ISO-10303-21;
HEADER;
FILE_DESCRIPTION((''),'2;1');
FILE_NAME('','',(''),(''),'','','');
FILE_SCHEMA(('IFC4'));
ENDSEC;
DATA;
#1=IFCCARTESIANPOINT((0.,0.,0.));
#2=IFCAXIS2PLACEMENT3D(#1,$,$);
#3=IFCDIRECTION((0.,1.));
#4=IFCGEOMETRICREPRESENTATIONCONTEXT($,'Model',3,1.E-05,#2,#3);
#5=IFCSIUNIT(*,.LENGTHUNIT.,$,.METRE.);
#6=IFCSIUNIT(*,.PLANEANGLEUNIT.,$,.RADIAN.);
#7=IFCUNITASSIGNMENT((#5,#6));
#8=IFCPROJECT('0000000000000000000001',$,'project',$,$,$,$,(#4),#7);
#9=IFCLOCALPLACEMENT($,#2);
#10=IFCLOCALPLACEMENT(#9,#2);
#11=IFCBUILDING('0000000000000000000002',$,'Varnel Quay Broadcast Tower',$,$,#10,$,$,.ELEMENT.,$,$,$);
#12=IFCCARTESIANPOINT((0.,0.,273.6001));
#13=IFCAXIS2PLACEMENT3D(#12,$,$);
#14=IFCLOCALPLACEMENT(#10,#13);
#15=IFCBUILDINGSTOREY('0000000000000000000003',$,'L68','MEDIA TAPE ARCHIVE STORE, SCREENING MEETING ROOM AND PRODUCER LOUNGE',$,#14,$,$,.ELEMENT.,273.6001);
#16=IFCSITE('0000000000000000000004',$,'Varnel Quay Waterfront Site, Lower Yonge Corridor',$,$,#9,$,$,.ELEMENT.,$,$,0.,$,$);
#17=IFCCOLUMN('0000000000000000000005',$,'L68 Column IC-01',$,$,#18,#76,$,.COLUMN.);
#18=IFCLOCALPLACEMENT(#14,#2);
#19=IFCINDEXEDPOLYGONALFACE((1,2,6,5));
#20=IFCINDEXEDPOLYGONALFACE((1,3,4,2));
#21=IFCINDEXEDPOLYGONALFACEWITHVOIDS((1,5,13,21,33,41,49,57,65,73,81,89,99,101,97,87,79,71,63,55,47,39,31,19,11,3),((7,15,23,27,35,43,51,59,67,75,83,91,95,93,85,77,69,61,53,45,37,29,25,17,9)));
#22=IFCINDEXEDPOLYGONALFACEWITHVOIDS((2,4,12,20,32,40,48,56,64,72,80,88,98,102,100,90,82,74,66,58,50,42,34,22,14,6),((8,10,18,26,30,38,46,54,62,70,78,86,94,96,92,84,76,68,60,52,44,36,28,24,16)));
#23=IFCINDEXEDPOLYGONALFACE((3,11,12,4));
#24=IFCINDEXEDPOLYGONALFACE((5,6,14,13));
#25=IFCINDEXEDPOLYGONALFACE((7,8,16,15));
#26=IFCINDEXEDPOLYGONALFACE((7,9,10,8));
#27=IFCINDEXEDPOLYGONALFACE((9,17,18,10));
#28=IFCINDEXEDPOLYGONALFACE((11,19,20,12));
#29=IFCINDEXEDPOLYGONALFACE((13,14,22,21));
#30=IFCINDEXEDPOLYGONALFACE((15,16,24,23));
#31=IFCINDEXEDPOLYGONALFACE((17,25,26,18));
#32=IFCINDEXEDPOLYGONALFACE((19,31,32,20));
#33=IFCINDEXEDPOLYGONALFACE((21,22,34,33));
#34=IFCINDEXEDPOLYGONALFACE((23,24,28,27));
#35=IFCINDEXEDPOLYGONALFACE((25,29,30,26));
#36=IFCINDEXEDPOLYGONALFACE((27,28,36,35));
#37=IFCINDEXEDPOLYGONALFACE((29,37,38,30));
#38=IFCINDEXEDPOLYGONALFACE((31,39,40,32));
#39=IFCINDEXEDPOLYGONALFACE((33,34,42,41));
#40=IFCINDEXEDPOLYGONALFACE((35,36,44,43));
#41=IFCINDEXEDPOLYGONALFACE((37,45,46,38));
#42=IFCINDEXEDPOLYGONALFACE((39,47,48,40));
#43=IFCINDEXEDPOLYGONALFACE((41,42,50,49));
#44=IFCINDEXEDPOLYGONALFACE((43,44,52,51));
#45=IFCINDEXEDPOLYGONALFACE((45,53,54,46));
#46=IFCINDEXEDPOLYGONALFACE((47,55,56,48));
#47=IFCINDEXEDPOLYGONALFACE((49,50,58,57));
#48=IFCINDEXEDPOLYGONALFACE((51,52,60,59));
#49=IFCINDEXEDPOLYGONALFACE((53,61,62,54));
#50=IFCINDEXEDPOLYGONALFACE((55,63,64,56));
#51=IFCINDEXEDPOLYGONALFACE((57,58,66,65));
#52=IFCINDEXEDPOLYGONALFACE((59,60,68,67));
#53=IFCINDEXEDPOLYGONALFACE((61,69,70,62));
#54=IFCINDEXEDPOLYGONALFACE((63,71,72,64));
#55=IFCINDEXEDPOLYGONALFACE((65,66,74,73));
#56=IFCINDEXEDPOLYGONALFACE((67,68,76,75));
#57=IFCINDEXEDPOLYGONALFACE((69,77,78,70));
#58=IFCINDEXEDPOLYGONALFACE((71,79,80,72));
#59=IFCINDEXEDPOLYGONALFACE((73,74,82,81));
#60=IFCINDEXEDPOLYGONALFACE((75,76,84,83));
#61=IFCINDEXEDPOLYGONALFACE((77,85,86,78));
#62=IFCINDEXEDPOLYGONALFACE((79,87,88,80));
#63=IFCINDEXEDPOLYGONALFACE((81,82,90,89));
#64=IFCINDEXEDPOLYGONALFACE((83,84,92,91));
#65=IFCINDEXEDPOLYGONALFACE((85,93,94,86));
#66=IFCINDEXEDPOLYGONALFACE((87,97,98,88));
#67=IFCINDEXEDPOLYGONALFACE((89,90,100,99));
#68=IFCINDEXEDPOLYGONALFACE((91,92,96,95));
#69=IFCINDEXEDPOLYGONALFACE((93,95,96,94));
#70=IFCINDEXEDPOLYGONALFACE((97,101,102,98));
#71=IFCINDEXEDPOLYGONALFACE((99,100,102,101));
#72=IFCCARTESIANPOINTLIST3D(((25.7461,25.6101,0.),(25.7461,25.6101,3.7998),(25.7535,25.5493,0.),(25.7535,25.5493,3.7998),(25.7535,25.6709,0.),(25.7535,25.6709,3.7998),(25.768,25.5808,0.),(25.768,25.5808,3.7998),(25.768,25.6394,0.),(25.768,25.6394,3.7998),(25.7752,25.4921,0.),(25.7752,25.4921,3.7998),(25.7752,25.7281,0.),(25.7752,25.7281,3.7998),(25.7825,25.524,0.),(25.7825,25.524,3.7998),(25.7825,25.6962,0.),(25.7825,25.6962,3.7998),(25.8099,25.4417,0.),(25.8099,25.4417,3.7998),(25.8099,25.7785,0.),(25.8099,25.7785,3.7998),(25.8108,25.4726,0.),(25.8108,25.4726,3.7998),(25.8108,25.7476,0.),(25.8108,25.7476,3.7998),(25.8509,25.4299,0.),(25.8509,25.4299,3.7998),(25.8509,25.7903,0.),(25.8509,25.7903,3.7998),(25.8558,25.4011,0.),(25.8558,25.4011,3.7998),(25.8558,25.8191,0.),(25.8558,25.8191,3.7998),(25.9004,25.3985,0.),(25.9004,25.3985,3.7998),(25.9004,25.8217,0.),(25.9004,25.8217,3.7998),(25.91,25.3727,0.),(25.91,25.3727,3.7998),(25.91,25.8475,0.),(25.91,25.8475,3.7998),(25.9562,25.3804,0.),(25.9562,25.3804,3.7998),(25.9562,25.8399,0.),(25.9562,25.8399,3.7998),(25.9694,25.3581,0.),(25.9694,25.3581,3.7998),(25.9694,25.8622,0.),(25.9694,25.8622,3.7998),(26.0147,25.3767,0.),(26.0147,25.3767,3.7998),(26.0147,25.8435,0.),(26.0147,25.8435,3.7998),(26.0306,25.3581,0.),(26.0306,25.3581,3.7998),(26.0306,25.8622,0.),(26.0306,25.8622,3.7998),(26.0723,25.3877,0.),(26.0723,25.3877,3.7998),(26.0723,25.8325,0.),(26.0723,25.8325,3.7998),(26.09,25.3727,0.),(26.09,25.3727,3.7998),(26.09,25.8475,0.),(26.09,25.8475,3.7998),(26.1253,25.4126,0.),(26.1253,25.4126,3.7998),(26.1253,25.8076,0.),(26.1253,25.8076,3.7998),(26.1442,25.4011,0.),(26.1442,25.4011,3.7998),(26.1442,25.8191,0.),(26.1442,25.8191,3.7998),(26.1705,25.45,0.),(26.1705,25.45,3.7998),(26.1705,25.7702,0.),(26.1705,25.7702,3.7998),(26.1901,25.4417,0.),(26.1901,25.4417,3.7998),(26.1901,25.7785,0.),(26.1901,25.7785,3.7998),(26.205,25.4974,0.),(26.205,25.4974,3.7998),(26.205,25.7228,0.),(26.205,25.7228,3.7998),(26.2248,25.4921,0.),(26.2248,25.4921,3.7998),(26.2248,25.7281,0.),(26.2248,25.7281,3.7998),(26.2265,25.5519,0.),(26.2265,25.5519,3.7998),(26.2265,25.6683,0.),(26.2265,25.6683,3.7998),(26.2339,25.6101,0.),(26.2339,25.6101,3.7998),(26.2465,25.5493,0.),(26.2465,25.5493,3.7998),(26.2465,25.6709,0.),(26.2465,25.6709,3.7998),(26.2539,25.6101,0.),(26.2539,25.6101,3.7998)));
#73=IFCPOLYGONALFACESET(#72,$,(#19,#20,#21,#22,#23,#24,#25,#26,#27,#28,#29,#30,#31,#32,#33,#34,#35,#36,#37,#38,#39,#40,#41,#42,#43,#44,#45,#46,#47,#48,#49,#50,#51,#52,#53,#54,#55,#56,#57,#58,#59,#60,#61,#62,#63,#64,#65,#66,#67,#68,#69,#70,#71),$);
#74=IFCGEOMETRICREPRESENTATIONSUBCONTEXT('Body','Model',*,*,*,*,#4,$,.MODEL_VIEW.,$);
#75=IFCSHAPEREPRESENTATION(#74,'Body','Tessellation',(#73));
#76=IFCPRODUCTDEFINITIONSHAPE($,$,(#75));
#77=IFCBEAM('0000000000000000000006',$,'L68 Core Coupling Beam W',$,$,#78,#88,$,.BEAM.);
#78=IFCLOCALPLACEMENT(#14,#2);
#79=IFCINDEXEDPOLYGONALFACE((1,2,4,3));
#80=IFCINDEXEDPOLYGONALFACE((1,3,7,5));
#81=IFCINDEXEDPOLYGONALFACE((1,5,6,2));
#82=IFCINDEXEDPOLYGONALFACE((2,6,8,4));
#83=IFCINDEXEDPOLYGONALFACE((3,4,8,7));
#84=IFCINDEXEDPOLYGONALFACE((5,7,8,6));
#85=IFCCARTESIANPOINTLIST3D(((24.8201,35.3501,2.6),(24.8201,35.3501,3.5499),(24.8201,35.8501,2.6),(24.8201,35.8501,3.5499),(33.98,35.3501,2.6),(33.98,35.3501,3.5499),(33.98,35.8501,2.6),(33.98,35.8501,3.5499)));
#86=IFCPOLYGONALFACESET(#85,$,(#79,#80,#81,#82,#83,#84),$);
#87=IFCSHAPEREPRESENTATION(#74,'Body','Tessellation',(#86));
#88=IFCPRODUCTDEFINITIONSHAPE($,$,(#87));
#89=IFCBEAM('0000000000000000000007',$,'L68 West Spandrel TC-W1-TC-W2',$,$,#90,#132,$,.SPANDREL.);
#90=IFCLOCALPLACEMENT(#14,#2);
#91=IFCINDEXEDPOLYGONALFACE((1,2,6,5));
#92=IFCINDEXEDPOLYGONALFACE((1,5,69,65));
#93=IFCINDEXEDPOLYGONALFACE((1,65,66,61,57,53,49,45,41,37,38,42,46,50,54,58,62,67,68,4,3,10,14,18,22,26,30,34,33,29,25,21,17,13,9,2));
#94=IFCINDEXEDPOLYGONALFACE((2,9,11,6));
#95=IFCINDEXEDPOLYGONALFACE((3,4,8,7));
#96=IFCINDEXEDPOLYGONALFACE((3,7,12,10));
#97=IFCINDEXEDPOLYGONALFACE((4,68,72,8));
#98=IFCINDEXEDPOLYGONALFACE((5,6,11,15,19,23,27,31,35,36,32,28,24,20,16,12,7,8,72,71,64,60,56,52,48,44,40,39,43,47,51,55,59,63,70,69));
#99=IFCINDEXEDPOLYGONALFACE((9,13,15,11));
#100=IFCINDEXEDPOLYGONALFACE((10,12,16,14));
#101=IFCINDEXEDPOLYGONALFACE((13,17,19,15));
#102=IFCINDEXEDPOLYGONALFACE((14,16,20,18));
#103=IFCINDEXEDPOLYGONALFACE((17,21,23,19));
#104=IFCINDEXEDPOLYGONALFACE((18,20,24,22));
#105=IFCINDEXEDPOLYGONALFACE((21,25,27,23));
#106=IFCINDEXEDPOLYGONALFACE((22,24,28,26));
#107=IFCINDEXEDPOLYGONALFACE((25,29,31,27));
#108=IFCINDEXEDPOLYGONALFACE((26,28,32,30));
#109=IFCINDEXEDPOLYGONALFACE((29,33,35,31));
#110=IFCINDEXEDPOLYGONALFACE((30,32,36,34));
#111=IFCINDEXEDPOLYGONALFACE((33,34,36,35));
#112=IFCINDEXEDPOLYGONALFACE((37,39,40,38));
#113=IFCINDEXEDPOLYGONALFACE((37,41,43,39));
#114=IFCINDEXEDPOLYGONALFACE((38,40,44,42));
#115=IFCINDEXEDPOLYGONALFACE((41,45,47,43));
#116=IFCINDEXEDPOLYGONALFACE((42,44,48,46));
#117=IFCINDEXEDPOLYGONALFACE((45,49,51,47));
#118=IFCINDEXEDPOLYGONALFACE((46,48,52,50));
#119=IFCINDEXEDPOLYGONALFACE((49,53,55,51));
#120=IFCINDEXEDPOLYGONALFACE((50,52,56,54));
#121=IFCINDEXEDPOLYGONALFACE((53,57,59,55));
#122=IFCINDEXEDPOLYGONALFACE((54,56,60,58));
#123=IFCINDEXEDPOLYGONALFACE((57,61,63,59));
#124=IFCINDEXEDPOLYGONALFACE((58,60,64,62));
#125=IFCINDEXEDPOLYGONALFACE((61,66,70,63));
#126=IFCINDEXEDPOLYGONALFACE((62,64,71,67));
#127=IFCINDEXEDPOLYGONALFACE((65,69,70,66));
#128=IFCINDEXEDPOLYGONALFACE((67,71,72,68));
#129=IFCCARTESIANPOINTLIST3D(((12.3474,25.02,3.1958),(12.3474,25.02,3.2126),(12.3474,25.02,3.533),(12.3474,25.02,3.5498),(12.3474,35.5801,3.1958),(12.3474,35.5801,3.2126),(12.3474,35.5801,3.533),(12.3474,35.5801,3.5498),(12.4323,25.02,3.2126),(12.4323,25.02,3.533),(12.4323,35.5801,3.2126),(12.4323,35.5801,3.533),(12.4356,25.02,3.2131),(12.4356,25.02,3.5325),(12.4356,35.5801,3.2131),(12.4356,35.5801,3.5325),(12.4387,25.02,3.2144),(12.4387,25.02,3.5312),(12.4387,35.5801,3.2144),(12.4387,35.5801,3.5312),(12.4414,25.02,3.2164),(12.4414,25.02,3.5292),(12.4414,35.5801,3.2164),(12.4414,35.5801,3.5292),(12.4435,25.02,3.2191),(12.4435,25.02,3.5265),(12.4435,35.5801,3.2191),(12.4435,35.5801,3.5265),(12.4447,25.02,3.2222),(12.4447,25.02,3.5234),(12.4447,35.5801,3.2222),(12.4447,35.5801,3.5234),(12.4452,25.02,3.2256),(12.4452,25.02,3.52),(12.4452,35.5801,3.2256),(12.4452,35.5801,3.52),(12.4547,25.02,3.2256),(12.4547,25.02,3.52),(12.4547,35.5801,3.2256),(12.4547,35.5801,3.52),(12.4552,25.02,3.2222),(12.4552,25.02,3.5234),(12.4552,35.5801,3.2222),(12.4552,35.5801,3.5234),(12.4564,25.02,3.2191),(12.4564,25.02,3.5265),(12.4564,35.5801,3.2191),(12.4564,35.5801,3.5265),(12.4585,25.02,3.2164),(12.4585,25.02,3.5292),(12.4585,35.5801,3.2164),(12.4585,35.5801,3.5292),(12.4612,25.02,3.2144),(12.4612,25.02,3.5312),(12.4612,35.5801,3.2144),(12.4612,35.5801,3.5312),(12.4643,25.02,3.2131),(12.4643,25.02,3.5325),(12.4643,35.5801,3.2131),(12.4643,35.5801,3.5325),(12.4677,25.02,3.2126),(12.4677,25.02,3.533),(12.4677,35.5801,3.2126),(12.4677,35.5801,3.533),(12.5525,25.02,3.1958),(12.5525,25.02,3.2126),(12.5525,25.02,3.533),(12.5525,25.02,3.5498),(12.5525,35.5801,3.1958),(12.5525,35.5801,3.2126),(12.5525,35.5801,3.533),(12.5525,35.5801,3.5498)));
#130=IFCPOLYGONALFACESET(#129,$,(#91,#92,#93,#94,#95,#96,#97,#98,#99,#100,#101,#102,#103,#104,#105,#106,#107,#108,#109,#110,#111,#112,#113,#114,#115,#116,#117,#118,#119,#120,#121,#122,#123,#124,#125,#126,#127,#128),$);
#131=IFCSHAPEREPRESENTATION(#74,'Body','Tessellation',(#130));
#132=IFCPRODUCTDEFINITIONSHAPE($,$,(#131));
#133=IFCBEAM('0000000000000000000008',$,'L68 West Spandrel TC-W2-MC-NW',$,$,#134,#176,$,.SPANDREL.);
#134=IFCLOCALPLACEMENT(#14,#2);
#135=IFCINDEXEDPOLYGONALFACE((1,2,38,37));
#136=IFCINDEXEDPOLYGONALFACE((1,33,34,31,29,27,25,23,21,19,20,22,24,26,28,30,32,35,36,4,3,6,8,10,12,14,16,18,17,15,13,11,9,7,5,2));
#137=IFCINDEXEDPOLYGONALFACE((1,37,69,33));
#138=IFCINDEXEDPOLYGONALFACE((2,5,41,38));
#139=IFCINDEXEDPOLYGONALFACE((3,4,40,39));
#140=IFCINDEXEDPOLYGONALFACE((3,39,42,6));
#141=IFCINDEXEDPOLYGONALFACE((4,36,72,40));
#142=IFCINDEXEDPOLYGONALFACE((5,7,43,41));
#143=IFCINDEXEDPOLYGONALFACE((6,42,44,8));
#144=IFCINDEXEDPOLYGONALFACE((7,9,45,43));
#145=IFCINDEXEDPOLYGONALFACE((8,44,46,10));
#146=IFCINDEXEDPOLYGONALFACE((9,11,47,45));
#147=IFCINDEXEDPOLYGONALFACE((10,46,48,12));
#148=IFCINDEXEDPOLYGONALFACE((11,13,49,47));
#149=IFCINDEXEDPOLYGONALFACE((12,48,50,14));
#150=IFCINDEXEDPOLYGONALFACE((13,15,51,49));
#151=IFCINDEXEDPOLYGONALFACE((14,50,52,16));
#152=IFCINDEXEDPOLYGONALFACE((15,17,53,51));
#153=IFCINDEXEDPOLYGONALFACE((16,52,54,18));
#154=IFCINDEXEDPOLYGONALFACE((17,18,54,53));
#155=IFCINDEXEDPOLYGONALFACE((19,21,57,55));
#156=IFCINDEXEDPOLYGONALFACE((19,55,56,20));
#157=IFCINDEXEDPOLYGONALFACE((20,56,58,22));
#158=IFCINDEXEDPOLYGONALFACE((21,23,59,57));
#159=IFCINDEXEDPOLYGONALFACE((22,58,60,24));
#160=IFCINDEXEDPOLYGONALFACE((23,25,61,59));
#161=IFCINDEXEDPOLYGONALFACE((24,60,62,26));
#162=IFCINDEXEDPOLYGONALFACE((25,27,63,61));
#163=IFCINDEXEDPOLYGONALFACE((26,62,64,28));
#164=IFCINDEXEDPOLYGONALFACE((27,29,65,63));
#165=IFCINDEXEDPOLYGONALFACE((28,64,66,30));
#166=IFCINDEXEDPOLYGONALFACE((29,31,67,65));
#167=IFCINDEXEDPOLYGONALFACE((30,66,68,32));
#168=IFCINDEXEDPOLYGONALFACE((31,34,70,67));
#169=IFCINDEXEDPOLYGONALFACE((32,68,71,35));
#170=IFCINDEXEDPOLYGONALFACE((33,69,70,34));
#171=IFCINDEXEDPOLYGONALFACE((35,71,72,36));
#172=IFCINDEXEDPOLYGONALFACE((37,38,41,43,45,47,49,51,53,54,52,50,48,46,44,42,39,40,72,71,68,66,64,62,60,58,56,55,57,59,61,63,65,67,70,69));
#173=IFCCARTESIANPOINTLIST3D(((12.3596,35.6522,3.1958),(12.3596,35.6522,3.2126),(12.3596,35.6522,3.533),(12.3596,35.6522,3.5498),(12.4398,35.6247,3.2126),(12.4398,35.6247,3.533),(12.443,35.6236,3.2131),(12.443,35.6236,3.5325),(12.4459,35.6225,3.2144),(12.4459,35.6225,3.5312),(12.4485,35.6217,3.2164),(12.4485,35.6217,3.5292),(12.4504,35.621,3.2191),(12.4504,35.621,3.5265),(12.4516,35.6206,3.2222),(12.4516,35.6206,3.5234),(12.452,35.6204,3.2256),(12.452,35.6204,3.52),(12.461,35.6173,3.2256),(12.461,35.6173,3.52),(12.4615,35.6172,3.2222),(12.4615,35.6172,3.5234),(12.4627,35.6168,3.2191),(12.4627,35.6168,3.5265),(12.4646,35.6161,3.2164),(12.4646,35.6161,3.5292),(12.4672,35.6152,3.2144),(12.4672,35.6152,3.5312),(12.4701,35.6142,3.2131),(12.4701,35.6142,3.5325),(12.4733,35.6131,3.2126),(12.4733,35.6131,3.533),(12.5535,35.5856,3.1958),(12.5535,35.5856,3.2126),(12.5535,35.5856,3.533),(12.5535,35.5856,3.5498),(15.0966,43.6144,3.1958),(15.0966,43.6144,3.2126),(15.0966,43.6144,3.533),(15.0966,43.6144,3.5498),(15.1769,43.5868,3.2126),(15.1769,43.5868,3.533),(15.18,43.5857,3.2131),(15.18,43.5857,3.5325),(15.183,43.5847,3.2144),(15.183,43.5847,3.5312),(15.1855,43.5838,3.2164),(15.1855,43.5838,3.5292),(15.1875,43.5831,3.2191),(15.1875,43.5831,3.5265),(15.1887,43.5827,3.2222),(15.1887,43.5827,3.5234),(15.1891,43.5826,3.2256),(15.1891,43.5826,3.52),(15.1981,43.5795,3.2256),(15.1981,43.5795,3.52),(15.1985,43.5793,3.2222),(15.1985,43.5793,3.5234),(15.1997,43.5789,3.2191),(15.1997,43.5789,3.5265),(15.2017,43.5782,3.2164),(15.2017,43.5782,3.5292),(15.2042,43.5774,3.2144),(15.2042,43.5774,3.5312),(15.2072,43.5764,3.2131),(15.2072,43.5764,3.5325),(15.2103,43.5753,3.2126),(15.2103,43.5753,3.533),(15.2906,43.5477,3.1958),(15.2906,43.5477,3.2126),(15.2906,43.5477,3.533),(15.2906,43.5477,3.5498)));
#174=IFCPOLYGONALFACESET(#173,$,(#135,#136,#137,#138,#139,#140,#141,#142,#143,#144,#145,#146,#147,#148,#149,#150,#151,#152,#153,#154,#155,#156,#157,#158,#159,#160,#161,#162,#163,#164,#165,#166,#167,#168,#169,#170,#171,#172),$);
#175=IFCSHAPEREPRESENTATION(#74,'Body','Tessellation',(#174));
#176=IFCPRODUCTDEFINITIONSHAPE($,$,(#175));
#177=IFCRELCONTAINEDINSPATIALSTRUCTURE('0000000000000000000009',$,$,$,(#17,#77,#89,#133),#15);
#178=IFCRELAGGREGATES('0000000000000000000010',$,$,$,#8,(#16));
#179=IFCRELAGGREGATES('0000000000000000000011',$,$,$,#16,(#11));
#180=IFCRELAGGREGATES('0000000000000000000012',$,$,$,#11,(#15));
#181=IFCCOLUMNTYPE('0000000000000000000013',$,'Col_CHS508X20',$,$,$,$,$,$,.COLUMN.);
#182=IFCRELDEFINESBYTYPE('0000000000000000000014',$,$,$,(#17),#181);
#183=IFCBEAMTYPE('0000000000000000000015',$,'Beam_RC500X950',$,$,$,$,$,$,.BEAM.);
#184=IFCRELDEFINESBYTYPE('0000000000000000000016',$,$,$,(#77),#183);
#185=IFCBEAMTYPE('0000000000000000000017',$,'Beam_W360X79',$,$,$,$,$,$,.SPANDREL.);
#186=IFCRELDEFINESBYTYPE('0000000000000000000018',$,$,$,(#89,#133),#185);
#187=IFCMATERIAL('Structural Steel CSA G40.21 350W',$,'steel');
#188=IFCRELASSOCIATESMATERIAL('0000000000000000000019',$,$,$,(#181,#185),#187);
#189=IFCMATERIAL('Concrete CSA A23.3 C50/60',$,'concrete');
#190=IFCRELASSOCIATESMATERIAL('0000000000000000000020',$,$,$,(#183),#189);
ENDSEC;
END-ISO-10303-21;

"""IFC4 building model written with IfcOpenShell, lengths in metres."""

from ifc_helpers import new_model, si_unit, direction, frame, origin, origin_2d, place, context, subcontext, project, spatial, rectangle, hollow_circle, i_section, extrude, source, transform, mapped, material, material_profile, profile_set, type_object, type_shapes, element, save


model = new_model("IFC4")

# Units and contexts
model_context = context("Model", 3, precision=1e-05, world=origin(), true_north=direction((0.0, 1.0)))
body_context = subcontext(model_context, "Body", "Model", "MODEL_VIEW")
ifc_project = project(units=[si_unit("LENGTHUNIT", "METRE"), si_unit("PLANEANGLEUNIT", "RADIAN")], contexts=[model_context])

# Site, building, storey
site_placement = place(None, origin())
site = spatial("IfcSite", under=ifc_project, at=site_placement, Name="Varnel Quay Waterfront Site, Lower Yonge Corridor", CompositionType="ELEMENT", RefElevation=0.0)
building_placement = place(site_placement, origin())
building = spatial("IfcBuilding", under=site, at=building_placement, Name="Varnel Quay Broadcast Tower", CompositionType="ELEMENT")
storey_placement = place(building_placement, frame((0.0, 0.0, 273.6001)))
storey = spatial("IfcBuildingStorey", under=building, at=storey_placement, Name="L68", Description="MEDIA TAPE ARCHIVE STORE, SCREENING MEETING ROOM AND PRODUCER LOUNGE", CompositionType="ELEMENT", Elevation=273.6001)

# Column
ifc_material_1 = material(Name="Structural Steel CSA G40.21 350W", Category="steel")
ifc_material_profile_1 = material_profile(ifc_material_1, hollow_circle(Radius=0.2539, WallThickness=0.02, at=origin_2d()), Name="CHS508X20")
ifc_profile_set_1 = profile_set([ifc_material_profile_1], Name="Structural Steel CSA G40.21 350W")
column_type_1 = type_object("IfcColumnType", Name="Col_CHS508X20", PredefinedType="COLUMN", material=ifc_profile_set_1)
shared_shape_1 = source(origin(), body_context, "Body", "SweptSolid", [
    extrude(hollow_circle(Radius=0.2539, WallThickness=0.02, at=origin_2d()), origin(), (0.0, 0.0, 1.0), 3.7998),
])
type_shapes(column_type_1, [shared_shape_1])
column_placement = place(storey_placement, frame((26.0, 25.6101, 0.0), z_axis=(0.0, 0.0, 1.0), x_axis=(1.0, 0.0, 0.0)))
element("IfcColumn", 1, at=column_placement, inside=storey, type_object=column_type_1, Name="L68 Column IC-01", PredefinedType="COLUMN", context=body_context, shape_type="MappedRepresentation", body=[
    mapped(shared_shape_1, transform((0.0, 0.0, 0.0), x_axis=(1.0, 0.0, 0.0), y_axis=(0.0, 1.0, 0.0), z_axis=(0.0, 0.0, 1.0), scale=1.0)),
])

# Beams
ifc_material_2 = material(Name="Concrete CSA A23.3 C50/60", Category="concrete")
ifc_material_profile_2 = material_profile(ifc_material_2, rectangle(XDim=0.5, YDim=0.95, at=origin_2d()), Name="RC500X950")
ifc_profile_set_2 = profile_set([ifc_material_profile_2], Name="Concrete CSA A23.3 C50/60")
beam_type_1 = type_object("IfcBeamType", Name="Beam_RC500X950", PredefinedType="BEAM", material=ifc_profile_set_2)
shared_shape_2 = source(origin(), body_context, "Body", "SweptSolid", [
    extrude(rectangle(XDim=0.5, YDim=0.95, at=origin_2d()), origin(), (0.0, 0.0, 1.0), 9.1599),
])
type_shapes(beam_type_1, [shared_shape_2])
beam_1_placement = place(storey_placement, frame((24.8201, 35.6001, 3.075), z_axis=(1.0, 0.0, 0.0), x_axis=(0.0, 1.0, 0.0)))
element("IfcBeam", 2, at=beam_1_placement, inside=storey, type_object=beam_type_1, Name="L68 Core Coupling Beam W", PredefinedType="BEAM", context=body_context, shape_type="MappedRepresentation", body=[
    mapped(shared_shape_2, transform((0.0, 0.0, 0.0), x_axis=(1.0, 0.0, 0.0), y_axis=(0.0, 1.0, 0.0), z_axis=(0.0, 0.0, 1.0), scale=1.0)),
])
ifc_material_profile_3 = material_profile(ifc_material_1, i_section(OverallWidth=0.2051, OverallDepth=0.354, WebThickness=0.0095, FlangeThickness=0.0168, FilletRadius=0.0129, at=origin_2d()), Name="W360X79")
ifc_profile_set_3 = profile_set([ifc_material_profile_3], Name="Structural Steel CSA G40.21 350W")
beam_type_2 = type_object("IfcBeamType", Name="Beam_W360X79", PredefinedType="SPANDREL", material=ifc_profile_set_3)
shared_shape_3 = source(origin(), body_context, "Body", "SweptSolid", [
    extrude(i_section(OverallWidth=0.2051, OverallDepth=0.354, WebThickness=0.0095, FlangeThickness=0.0168, FilletRadius=0.0129, at=origin_2d()), origin(), (0.0, 0.0, 1.0), 10.5601),
])
beam_2_placement = place(storey_placement, frame((12.45, 25.02, 3.3728), z_axis=(0.0, 1.0, 0.0), x_axis=(-1.0, 0.0, 0.0)))
element("IfcBeam", 3, at=beam_2_placement, inside=storey, type_object=beam_type_2, Name="L68 West Spandrel TC-W1-TC-W2", PredefinedType="SPANDREL", context=body_context, shape_type="MappedRepresentation", body=[
    mapped(shared_shape_3, transform((0.0, 0.0, 0.0), x_axis=(1.0, 0.0, 0.0), y_axis=(0.0, 1.0, 0.0), z_axis=(0.0, 0.0, 1.0), scale=1.0)),
])
shared_shape_4 = source(origin(), body_context, "Body", "SweptSolid", [
    extrude(i_section(OverallWidth=0.2051, OverallDepth=0.354, WebThickness=0.0095, FlangeThickness=0.0168, FilletRadius=0.0129, at=origin_2d()), origin(), (0.0, 0.0, 1.0), 8.4194),
])
type_shapes(beam_type_2, [shared_shape_3, shared_shape_4])
beam_3_placement = place(storey_placement, frame((12.4565, 35.6189, 3.3728), z_axis=(0.325087, 0.945684, 0.0), x_axis=(-0.945684, 0.325087, 0.0)))
element("IfcBeam", 4, at=beam_3_placement, inside=storey, type_object=beam_type_2, Name="L68 West Spandrel TC-W2-MC-NW", PredefinedType="SPANDREL", context=body_context, shape_type="MappedRepresentation", body=[
    mapped(shared_shape_4, transform((0.0, 0.0, 0.0), x_axis=(1.0, 0.0, 0.0), y_axis=(0.0, 1.0, 0.0), z_axis=(0.0, 0.0, 1.0), scale=1.0)),
])

save(model, "model.ifc")
